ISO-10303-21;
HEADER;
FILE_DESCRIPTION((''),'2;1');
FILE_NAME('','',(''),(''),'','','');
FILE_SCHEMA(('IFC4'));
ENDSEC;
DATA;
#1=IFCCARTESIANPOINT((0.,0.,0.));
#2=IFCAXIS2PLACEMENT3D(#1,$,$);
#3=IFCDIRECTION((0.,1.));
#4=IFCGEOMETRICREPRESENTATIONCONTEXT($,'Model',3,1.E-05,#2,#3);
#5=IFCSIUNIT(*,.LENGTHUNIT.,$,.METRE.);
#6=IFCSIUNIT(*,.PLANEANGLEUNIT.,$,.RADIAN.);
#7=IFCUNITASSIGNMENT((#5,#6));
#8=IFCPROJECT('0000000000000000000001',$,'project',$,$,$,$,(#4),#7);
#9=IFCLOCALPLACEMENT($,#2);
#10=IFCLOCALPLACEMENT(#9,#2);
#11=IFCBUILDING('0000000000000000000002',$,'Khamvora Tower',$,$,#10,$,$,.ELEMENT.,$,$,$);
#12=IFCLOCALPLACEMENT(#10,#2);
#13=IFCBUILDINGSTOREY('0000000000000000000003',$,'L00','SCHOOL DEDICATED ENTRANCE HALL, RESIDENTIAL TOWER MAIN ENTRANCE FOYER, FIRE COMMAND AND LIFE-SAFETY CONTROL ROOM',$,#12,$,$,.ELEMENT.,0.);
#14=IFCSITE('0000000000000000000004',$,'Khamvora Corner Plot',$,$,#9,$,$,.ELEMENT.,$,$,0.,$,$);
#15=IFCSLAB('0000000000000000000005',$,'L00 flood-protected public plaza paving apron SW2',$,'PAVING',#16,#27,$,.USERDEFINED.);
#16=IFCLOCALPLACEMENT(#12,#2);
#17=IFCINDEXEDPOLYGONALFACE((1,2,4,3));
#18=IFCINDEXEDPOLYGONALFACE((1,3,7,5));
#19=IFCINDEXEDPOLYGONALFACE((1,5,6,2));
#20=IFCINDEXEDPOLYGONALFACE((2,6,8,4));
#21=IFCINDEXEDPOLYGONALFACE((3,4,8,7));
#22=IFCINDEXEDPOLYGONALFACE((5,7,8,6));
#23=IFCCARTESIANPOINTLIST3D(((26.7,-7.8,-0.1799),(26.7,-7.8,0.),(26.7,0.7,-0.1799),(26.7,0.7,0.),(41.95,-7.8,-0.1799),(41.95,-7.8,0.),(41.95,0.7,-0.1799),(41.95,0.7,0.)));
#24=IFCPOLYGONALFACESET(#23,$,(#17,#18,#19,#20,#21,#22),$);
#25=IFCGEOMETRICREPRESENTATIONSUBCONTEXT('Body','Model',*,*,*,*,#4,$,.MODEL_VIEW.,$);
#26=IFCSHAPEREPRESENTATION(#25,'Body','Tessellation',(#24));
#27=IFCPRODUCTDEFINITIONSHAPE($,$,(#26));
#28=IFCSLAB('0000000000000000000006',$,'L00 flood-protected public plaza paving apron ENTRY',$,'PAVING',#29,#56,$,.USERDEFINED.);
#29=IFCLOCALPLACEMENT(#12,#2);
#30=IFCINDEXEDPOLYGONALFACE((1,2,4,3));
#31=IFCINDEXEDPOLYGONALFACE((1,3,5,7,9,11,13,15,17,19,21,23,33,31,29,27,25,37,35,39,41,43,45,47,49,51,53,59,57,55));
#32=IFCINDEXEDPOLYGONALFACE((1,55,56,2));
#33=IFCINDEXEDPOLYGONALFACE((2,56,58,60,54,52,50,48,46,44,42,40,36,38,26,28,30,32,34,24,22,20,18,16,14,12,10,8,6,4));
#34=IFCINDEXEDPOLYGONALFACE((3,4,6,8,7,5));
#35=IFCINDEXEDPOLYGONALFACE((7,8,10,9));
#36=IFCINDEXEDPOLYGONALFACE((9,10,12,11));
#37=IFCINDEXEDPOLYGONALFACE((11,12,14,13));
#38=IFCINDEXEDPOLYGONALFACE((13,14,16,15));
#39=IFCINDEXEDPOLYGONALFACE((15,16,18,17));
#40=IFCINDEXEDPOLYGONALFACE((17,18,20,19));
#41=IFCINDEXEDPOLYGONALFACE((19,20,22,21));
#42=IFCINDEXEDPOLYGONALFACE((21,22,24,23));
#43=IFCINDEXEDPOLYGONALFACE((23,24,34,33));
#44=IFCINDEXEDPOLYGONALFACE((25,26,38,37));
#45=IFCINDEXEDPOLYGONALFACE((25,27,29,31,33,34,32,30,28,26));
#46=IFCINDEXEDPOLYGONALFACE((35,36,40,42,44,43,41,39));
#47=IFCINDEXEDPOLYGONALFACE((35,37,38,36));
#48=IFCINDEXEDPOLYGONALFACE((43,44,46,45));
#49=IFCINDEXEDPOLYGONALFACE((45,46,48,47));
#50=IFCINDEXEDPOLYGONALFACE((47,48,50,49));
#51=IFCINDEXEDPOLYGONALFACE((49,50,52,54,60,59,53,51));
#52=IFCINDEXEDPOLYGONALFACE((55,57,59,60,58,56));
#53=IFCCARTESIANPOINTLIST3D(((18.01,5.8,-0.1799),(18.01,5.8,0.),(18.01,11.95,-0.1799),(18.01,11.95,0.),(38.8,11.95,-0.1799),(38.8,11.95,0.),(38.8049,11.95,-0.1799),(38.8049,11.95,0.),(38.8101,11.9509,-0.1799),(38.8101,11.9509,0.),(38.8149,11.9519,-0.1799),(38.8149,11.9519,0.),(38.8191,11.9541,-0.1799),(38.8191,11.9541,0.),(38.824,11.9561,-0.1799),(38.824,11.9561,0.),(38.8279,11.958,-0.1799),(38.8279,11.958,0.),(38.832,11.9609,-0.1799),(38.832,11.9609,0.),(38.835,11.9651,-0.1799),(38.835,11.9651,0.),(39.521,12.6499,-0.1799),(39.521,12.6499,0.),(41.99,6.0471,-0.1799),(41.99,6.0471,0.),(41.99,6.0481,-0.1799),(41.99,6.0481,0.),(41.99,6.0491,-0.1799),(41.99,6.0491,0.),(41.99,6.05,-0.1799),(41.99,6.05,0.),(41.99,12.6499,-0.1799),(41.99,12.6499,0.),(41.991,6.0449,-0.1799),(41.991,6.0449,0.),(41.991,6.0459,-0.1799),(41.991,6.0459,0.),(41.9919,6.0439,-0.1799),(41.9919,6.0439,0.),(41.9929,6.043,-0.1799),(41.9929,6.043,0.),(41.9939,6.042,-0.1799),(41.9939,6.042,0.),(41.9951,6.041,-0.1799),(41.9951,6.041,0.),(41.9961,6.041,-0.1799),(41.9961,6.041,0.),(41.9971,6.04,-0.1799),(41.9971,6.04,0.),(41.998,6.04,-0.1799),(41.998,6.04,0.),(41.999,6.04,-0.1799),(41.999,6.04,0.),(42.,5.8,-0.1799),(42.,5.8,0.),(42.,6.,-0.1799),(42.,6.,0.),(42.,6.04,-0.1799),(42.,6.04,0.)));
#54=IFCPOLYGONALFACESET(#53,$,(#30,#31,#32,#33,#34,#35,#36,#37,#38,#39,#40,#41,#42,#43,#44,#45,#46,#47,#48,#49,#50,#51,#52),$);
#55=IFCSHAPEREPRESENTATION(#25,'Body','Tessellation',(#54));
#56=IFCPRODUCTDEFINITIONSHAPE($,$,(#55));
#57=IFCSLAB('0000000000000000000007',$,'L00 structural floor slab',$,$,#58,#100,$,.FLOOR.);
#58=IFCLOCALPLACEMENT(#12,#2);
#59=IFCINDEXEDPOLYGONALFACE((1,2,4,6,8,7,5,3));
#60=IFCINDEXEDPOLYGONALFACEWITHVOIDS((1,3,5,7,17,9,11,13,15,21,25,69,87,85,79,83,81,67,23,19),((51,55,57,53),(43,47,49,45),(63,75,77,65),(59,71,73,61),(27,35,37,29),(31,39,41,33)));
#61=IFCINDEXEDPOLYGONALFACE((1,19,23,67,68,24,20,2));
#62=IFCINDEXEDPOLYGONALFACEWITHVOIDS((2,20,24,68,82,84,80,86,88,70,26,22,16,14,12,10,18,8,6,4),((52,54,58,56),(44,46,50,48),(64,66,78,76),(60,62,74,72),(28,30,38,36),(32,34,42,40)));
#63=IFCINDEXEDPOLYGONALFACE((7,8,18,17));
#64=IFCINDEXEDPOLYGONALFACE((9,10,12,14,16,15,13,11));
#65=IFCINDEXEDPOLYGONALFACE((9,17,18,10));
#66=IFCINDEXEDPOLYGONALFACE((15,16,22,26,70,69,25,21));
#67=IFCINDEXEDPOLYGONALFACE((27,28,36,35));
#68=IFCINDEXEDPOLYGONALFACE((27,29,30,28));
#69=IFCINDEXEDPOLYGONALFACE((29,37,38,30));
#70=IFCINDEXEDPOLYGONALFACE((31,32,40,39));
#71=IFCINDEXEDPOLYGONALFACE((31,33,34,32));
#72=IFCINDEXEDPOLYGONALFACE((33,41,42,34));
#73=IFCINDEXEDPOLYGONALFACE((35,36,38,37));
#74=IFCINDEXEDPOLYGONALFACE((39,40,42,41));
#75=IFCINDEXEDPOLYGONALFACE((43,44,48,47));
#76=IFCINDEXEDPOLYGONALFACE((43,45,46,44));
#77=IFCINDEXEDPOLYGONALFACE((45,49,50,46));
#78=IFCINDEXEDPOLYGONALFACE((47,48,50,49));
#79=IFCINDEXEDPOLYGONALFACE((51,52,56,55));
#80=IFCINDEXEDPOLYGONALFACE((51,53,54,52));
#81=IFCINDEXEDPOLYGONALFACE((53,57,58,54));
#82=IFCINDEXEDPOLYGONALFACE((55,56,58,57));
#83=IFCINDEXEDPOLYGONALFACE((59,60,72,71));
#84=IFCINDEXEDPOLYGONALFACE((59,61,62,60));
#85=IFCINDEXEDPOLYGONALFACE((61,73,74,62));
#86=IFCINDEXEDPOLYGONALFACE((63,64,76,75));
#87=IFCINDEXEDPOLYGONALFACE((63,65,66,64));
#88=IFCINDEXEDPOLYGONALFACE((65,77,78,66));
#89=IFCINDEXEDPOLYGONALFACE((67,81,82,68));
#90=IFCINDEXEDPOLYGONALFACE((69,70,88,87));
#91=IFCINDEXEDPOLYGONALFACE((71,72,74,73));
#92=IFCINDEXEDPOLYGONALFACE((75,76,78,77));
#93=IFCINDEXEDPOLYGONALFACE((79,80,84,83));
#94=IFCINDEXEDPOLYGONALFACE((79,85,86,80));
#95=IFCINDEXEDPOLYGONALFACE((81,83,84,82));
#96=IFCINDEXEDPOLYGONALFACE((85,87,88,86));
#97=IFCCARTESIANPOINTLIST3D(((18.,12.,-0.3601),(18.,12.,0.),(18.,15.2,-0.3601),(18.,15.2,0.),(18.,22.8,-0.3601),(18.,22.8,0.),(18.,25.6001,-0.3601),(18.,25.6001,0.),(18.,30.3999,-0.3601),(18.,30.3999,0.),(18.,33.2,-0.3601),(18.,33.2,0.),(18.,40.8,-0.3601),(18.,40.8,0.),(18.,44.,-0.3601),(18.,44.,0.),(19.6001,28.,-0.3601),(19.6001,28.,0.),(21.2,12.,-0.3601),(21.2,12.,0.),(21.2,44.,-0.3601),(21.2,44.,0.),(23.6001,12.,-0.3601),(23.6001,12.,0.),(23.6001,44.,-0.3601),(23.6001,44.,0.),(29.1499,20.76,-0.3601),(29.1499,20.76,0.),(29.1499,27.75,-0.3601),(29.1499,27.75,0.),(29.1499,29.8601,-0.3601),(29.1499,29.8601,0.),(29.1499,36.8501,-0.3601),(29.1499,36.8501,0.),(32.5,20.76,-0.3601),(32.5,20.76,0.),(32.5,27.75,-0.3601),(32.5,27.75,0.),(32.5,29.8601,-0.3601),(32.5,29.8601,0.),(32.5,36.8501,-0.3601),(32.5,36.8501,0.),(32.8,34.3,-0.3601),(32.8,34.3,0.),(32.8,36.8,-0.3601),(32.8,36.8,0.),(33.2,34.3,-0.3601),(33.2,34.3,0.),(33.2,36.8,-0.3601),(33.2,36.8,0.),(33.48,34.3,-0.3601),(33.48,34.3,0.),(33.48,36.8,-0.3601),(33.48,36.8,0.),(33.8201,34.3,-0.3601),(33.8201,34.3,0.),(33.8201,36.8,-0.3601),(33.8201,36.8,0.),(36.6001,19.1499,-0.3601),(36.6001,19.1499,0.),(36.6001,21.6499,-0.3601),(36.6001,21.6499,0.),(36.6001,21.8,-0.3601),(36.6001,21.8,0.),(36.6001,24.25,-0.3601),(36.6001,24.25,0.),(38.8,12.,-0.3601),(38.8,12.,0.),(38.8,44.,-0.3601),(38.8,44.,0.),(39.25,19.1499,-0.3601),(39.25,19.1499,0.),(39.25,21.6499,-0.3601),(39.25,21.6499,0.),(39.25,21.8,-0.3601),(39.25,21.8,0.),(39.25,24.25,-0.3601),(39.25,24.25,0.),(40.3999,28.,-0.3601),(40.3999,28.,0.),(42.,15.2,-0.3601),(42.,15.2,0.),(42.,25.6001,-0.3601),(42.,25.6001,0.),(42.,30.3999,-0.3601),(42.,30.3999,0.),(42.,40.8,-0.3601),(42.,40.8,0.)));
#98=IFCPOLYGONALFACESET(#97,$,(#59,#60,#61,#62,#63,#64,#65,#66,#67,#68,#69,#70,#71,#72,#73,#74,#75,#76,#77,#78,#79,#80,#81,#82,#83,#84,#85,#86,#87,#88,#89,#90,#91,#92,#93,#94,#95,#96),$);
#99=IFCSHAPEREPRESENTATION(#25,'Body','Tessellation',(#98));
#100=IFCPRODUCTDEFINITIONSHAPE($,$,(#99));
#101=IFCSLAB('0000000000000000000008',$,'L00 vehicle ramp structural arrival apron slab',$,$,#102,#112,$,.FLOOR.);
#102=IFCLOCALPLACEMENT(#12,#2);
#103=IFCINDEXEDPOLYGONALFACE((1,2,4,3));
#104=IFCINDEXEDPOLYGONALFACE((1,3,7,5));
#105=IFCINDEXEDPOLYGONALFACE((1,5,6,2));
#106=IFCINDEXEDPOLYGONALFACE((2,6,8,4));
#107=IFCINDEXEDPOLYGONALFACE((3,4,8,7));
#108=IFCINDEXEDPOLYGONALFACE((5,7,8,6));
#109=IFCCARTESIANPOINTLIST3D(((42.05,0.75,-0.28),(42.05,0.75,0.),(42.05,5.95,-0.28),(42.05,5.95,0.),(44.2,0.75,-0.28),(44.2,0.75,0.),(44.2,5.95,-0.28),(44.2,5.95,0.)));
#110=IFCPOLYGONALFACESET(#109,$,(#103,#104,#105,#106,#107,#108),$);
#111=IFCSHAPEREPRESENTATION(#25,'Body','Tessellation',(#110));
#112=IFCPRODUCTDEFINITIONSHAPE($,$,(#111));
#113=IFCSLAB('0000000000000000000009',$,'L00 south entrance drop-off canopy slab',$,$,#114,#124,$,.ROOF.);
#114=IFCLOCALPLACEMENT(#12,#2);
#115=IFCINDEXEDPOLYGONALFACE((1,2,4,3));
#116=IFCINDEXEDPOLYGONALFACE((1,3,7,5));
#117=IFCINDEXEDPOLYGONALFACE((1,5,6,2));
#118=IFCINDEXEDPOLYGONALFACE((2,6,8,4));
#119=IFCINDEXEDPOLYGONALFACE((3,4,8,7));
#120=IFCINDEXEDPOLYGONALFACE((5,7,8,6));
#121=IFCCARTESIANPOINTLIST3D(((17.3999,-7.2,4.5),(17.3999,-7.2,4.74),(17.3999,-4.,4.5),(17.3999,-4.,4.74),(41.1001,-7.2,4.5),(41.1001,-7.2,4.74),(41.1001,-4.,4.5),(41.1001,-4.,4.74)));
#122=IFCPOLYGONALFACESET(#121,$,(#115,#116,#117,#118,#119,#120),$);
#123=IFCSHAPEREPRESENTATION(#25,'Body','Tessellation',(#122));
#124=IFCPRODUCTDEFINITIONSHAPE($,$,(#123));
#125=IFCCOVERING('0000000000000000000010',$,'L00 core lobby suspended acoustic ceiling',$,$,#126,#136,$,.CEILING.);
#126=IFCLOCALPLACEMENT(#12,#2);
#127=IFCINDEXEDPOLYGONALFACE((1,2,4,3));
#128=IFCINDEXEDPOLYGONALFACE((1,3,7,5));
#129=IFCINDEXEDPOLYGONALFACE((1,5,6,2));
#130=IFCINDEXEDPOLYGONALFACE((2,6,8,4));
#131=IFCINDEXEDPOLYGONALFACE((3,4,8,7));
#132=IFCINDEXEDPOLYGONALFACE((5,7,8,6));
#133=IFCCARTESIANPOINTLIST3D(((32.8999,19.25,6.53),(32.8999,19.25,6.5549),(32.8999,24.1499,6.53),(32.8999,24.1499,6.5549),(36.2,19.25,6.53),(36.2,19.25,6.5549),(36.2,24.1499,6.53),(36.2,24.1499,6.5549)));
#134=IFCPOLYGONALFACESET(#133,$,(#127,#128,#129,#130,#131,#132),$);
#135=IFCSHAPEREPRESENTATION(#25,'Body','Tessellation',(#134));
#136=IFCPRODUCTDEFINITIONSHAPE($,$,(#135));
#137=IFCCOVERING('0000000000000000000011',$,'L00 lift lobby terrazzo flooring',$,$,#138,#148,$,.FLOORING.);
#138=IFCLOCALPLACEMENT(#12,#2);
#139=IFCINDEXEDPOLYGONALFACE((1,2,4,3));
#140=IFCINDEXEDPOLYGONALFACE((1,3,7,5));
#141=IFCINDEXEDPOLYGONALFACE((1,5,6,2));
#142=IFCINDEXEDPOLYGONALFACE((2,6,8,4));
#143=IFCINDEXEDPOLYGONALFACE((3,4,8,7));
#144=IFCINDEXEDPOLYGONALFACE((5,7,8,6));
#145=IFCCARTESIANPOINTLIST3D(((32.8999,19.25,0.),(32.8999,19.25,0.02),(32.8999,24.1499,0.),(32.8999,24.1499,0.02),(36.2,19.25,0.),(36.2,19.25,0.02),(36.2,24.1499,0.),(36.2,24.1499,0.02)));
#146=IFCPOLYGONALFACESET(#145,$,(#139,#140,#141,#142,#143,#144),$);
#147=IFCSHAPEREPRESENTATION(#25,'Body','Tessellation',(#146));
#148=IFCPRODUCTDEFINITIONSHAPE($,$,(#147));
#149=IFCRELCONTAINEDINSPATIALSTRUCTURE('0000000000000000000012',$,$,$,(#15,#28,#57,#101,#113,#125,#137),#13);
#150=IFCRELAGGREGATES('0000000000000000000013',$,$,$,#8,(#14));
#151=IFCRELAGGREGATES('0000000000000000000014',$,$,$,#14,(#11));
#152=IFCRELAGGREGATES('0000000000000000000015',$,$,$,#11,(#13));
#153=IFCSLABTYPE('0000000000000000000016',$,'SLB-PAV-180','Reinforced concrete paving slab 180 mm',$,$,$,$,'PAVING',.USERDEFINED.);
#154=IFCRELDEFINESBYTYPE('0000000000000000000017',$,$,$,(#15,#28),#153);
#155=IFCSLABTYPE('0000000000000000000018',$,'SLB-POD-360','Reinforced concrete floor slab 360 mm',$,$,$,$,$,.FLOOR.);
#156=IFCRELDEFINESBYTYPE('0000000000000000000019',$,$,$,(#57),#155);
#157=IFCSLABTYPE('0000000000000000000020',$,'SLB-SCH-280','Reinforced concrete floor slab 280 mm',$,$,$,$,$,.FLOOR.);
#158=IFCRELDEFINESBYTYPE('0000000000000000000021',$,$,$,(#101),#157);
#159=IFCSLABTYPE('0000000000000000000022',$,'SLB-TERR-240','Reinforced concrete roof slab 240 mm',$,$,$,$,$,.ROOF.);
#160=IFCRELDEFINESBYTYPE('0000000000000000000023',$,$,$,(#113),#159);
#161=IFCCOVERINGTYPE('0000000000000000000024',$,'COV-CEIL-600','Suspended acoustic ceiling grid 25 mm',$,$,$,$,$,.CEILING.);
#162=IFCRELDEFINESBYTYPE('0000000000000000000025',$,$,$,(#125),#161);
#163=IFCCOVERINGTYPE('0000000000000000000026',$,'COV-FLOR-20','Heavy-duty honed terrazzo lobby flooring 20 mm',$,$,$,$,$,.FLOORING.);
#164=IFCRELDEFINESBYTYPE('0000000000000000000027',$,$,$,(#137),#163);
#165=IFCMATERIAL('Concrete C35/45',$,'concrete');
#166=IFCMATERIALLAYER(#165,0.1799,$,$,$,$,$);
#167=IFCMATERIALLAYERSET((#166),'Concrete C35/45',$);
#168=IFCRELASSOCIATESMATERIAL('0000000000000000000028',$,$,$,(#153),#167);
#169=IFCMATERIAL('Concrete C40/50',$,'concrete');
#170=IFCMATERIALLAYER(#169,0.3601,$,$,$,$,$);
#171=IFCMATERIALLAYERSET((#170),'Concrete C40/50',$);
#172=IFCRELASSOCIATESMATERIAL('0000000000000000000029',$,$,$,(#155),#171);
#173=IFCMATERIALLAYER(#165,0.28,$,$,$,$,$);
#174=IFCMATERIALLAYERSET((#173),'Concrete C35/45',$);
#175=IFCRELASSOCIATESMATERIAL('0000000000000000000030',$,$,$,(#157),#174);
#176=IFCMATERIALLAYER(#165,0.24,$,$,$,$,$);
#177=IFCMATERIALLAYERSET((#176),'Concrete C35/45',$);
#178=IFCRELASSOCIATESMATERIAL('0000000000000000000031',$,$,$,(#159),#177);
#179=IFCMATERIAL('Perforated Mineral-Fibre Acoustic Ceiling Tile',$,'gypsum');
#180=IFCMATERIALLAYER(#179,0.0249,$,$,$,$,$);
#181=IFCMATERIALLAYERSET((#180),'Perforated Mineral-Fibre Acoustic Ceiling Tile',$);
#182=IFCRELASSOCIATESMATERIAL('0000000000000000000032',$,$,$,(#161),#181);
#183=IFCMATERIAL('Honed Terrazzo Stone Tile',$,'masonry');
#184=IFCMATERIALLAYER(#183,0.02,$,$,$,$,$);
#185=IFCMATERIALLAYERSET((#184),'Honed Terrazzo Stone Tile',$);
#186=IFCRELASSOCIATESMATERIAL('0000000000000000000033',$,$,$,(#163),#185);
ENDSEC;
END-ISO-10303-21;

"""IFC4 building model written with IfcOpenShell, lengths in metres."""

from ifc_helpers import new_model, si_unit, direction, frame, origin, place, context, subcontext, project, spatial, polyline, outline, extrude, material, layer, layer_set, type_object, element, save


model = new_model("IFC4")

# Units and contexts
model_context = context("Model", 3, precision=1e-05, world=origin(), true_north=direction((0.0, 1.0)))
body_context = subcontext(model_context, "Body", "Model", "MODEL_VIEW")
ifc_project = project(units=[si_unit("LENGTHUNIT", "METRE"), si_unit("PLANEANGLEUNIT", "RADIAN")], contexts=[model_context])

# Site, building, storey
site_placement = place(None, origin())
site = spatial("IfcSite", under=ifc_project, at=site_placement, Name="Khamvora Corner Plot", CompositionType="ELEMENT", RefElevation=0.0)
building_placement = place(site_placement, origin())
building = spatial("IfcBuilding", under=site, at=building_placement, Name="Khamvora Tower", CompositionType="ELEMENT")
storey_placement = place(building_placement, origin())
storey = spatial("IfcBuildingStorey", under=building, at=storey_placement, Name="L00", Description="SCHOOL DEDICATED ENTRANCE HALL, RESIDENTIAL TOWER MAIN ENTRANCE FOYER, FIRE COMMAND AND LIFE-SAFETY CONTROL ROOM", CompositionType="ELEMENT", Elevation=0.0)

# Shared definitions
ifc_material_1 = material(Name="Concrete C40/50", Category="concrete")

# Slabs
ifc_material_2 = material(Name="Concrete C35/45", Category="concrete")
ifc_layer_1 = layer(ifc_material_2, 0.1799)
ifc_layer_set_1 = layer_set([ifc_layer_1], Name="Concrete C35/45")
slab_type_1 = type_object("IfcSlabType", Name="SLB-PAV-180", Description="Reinforced concrete paving slab 180 mm", ElementType="PAVING", PredefinedType="USERDEFINED", material=ifc_layer_set_1)
slab_1_placement = place(storey_placement, frame((0.0, 0.0, -0.1799)))
element("IfcSlab", 1, at=slab_1_placement, inside=storey, type_object=slab_type_1, Name="L00 flood-protected public plaza paving apron SW2", ObjectType="PAVING", PredefinedType="USERDEFINED", context=body_context, shape_type="SweptSolid", body=[
    extrude(outline(polyline([(26.7, -7.8), (26.7, 0.7), (41.95, 0.7), (41.95, -7.8), (26.7, -7.8)])), origin(), (0.0, 0.0, 1.0), 0.1799),
])
slab_2_placement = place(storey_placement, frame((0.0, 0.0, -0.1799)))
element("IfcSlab", 2, at=slab_2_placement, inside=storey, type_object=slab_type_1, Name="L00 flood-protected public plaza paving apron ENTRY", ObjectType="PAVING", PredefinedType="USERDEFINED", context=body_context, shape_type="SweptSolid", body=[
    extrude(outline(polyline([(42.0, 5.8), (18.01, 5.8), (18.01, 11.95), (38.8, 11.95), (38.8049, 11.95), (38.8101, 11.9509), (38.8149, 11.9519), (38.8191, 11.9541), (38.824, 11.9561), (38.8279, 11.958), (38.832, 11.9609), (38.835, 11.9651), (39.521, 12.6499), (41.99, 12.6499), (41.99, 6.05), (41.99, 6.0491), (41.99, 6.0481), (41.99, 6.0471), (41.991, 6.0459), (41.991, 6.0449), (41.9919, 6.0439), (41.9919, 6.0439), (41.9929, 6.043), (41.9939, 6.042), (41.9939, 6.042), (41.9951, 6.041), (41.9961, 6.041), (41.9971, 6.04), (41.998, 6.04), (41.999, 6.04), (42.0, 6.04), (42.0, 6.0), (42.0, 5.8)])), origin(), (0.0, 0.0, 1.0), 0.1799),
])
ifc_layer_2 = layer(ifc_material_1, 0.3601)
ifc_layer_set_2 = layer_set([ifc_layer_2], Name="Concrete C40/50")
slab_type_2 = type_object("IfcSlabType", Name="SLB-POD-360", Description="Reinforced concrete floor slab 360 mm", PredefinedType="FLOOR", material=ifc_layer_set_2)
slab_3_placement = place(storey_placement, frame((0.0, 0.0, -0.3601)))
element("IfcSlab", 3, at=slab_3_placement, inside=storey, type_object=slab_type_2, Name="L00 structural floor slab", PredefinedType="FLOOR", context=body_context, shape_type="SweptSolid", body=[
    extrude(outline(polyline([(18.0, 12.0), (18.0, 15.2), (18.0, 22.8), (18.0, 25.6001), (19.6001, 28.0), (18.0, 30.3999), (18.0, 33.2), (18.0, 40.8), (18.0, 44.0), (21.2, 44.0), (23.6001, 44.0), (38.8, 44.0), (42.0, 40.8), (42.0, 30.3999), (40.3999, 28.0), (42.0, 25.6001), (42.0, 15.2), (38.8, 12.0), (23.6001, 12.0), (21.2, 12.0), (18.0, 12.0)]), holes=[polyline([(32.5, 20.76), (32.5, 27.75), (29.1499, 27.75), (29.1499, 20.76), (32.5, 20.76)]), polyline([(32.5, 29.8601), (32.5, 36.8501), (29.1499, 36.8501), (29.1499, 29.8601), (32.5, 29.8601)]), polyline([(36.6001, 19.1499), (39.25, 19.1499), (39.25, 21.6499), (36.6001, 21.6499), (36.6001, 19.1499)]), polyline([(36.6001, 21.8), (39.25, 21.8), (39.25, 24.25), (36.6001, 24.25), (36.6001, 21.8)]), polyline([(32.8, 34.3), (33.2, 34.3), (33.2, 36.8), (32.8, 36.8), (32.8, 34.3)]), polyline([(33.48, 34.3), (33.8201, 34.3), (33.8201, 36.8), (33.48, 36.8), (33.48, 34.3)])]), origin(), (0.0, 0.0, 1.0), 0.3601),
])
ifc_layer_3 = layer(ifc_material_2, 0.28)
ifc_layer_set_3 = layer_set([ifc_layer_3], Name="Concrete C35/45")
slab_type_3 = type_object("IfcSlabType", Name="SLB-SCH-280", Description="Reinforced concrete floor slab 280 mm", PredefinedType="FLOOR", material=ifc_layer_set_3)
slab_4_placement = place(storey_placement, frame((0.0, 0.0, -0.28)))
element("IfcSlab", 4, at=slab_4_placement, inside=storey, type_object=slab_type_3, Name="L00 vehicle ramp structural arrival apron slab", PredefinedType="FLOOR", context=body_context, shape_type="SweptSolid", body=[
    extrude(outline(polyline([(42.05, 0.75), (44.2, 0.75), (44.2, 5.95), (42.05, 5.95), (42.05, 0.75)])), origin(), (0.0, 0.0, 1.0), 0.28),
])
ifc_layer_4 = layer(ifc_material_2, 0.24)
ifc_layer_set_4 = layer_set([ifc_layer_4], Name="Concrete C35/45")
slab_type_4 = type_object("IfcSlabType", Name="SLB-TERR-240", Description="Reinforced concrete roof slab 240 mm", PredefinedType="ROOF", material=ifc_layer_set_4)
slab_5_placement = place(storey_placement, frame((0.0, 0.0, 4.5)))
element("IfcSlab", 5, at=slab_5_placement, inside=storey, type_object=slab_type_4, Name="L00 south entrance drop-off canopy slab", PredefinedType="ROOF", context=body_context, shape_type="SweptSolid", body=[
    extrude(outline(polyline([(17.3999, -7.2), (41.1001, -7.2), (41.1001, -4.0), (17.3999, -4.0), (17.3999, -7.2)])), origin(), (0.0, 0.0, 1.0), 0.24),
])

# Coverings
ifc_material_3 = material(Name="Perforated Mineral-Fibre Acoustic Ceiling Tile", Category="gypsum")
ifc_layer_5 = layer(ifc_material_3, 0.0249)
ifc_layer_set_5 = layer_set([ifc_layer_5], Name="Perforated Mineral-Fibre Acoustic Ceiling Tile")
covering_type_1 = type_object("IfcCoveringType", Name="COV-CEIL-600", Description="Suspended acoustic ceiling grid 25 mm", PredefinedType="CEILING", material=ifc_layer_set_5)
covering_1_placement = place(storey_placement, frame((0.0, 0.0, 6.53)))
element("IfcCovering", 6, at=covering_1_placement, inside=storey, type_object=covering_type_1, Name="L00 core lobby suspended acoustic ceiling", PredefinedType="CEILING", context=body_context, shape_type="SweptSolid", body=[
    extrude(outline(polyline([(32.8999, 19.25), (36.2, 19.25), (36.2, 24.1499), (32.8999, 24.1499), (32.8999, 19.25)])), origin(), (0.0, 0.0, 1.0), 0.0249),
])
ifc_material_4 = material(Name="Honed Terrazzo Stone Tile", Category="masonry")
ifc_layer_6 = layer(ifc_material_4, 0.02)
ifc_layer_set_6 = layer_set([ifc_layer_6], Name="Honed Terrazzo Stone Tile")
covering_type_2 = type_object("IfcCoveringType", Name="COV-FLOR-20", Description="Heavy-duty honed terrazzo lobby flooring 20 mm", PredefinedType="FLOORING", material=ifc_layer_set_6)
covering_2_placement = place(storey_placement, origin())
element("IfcCovering", 7, at=covering_2_placement, inside=storey, type_object=covering_type_2, Name="L00 lift lobby terrazzo flooring", PredefinedType="FLOORING", context=body_context, shape_type="SweptSolid", body=[
    extrude(outline(polyline([(32.8999, 19.25), (36.2, 19.25), (36.2, 24.1499), (32.8999, 24.1499), (32.8999, 19.25)])), origin(), (0.0, 0.0, 1.0), 0.02),
])

save(model, "model.ifc")
